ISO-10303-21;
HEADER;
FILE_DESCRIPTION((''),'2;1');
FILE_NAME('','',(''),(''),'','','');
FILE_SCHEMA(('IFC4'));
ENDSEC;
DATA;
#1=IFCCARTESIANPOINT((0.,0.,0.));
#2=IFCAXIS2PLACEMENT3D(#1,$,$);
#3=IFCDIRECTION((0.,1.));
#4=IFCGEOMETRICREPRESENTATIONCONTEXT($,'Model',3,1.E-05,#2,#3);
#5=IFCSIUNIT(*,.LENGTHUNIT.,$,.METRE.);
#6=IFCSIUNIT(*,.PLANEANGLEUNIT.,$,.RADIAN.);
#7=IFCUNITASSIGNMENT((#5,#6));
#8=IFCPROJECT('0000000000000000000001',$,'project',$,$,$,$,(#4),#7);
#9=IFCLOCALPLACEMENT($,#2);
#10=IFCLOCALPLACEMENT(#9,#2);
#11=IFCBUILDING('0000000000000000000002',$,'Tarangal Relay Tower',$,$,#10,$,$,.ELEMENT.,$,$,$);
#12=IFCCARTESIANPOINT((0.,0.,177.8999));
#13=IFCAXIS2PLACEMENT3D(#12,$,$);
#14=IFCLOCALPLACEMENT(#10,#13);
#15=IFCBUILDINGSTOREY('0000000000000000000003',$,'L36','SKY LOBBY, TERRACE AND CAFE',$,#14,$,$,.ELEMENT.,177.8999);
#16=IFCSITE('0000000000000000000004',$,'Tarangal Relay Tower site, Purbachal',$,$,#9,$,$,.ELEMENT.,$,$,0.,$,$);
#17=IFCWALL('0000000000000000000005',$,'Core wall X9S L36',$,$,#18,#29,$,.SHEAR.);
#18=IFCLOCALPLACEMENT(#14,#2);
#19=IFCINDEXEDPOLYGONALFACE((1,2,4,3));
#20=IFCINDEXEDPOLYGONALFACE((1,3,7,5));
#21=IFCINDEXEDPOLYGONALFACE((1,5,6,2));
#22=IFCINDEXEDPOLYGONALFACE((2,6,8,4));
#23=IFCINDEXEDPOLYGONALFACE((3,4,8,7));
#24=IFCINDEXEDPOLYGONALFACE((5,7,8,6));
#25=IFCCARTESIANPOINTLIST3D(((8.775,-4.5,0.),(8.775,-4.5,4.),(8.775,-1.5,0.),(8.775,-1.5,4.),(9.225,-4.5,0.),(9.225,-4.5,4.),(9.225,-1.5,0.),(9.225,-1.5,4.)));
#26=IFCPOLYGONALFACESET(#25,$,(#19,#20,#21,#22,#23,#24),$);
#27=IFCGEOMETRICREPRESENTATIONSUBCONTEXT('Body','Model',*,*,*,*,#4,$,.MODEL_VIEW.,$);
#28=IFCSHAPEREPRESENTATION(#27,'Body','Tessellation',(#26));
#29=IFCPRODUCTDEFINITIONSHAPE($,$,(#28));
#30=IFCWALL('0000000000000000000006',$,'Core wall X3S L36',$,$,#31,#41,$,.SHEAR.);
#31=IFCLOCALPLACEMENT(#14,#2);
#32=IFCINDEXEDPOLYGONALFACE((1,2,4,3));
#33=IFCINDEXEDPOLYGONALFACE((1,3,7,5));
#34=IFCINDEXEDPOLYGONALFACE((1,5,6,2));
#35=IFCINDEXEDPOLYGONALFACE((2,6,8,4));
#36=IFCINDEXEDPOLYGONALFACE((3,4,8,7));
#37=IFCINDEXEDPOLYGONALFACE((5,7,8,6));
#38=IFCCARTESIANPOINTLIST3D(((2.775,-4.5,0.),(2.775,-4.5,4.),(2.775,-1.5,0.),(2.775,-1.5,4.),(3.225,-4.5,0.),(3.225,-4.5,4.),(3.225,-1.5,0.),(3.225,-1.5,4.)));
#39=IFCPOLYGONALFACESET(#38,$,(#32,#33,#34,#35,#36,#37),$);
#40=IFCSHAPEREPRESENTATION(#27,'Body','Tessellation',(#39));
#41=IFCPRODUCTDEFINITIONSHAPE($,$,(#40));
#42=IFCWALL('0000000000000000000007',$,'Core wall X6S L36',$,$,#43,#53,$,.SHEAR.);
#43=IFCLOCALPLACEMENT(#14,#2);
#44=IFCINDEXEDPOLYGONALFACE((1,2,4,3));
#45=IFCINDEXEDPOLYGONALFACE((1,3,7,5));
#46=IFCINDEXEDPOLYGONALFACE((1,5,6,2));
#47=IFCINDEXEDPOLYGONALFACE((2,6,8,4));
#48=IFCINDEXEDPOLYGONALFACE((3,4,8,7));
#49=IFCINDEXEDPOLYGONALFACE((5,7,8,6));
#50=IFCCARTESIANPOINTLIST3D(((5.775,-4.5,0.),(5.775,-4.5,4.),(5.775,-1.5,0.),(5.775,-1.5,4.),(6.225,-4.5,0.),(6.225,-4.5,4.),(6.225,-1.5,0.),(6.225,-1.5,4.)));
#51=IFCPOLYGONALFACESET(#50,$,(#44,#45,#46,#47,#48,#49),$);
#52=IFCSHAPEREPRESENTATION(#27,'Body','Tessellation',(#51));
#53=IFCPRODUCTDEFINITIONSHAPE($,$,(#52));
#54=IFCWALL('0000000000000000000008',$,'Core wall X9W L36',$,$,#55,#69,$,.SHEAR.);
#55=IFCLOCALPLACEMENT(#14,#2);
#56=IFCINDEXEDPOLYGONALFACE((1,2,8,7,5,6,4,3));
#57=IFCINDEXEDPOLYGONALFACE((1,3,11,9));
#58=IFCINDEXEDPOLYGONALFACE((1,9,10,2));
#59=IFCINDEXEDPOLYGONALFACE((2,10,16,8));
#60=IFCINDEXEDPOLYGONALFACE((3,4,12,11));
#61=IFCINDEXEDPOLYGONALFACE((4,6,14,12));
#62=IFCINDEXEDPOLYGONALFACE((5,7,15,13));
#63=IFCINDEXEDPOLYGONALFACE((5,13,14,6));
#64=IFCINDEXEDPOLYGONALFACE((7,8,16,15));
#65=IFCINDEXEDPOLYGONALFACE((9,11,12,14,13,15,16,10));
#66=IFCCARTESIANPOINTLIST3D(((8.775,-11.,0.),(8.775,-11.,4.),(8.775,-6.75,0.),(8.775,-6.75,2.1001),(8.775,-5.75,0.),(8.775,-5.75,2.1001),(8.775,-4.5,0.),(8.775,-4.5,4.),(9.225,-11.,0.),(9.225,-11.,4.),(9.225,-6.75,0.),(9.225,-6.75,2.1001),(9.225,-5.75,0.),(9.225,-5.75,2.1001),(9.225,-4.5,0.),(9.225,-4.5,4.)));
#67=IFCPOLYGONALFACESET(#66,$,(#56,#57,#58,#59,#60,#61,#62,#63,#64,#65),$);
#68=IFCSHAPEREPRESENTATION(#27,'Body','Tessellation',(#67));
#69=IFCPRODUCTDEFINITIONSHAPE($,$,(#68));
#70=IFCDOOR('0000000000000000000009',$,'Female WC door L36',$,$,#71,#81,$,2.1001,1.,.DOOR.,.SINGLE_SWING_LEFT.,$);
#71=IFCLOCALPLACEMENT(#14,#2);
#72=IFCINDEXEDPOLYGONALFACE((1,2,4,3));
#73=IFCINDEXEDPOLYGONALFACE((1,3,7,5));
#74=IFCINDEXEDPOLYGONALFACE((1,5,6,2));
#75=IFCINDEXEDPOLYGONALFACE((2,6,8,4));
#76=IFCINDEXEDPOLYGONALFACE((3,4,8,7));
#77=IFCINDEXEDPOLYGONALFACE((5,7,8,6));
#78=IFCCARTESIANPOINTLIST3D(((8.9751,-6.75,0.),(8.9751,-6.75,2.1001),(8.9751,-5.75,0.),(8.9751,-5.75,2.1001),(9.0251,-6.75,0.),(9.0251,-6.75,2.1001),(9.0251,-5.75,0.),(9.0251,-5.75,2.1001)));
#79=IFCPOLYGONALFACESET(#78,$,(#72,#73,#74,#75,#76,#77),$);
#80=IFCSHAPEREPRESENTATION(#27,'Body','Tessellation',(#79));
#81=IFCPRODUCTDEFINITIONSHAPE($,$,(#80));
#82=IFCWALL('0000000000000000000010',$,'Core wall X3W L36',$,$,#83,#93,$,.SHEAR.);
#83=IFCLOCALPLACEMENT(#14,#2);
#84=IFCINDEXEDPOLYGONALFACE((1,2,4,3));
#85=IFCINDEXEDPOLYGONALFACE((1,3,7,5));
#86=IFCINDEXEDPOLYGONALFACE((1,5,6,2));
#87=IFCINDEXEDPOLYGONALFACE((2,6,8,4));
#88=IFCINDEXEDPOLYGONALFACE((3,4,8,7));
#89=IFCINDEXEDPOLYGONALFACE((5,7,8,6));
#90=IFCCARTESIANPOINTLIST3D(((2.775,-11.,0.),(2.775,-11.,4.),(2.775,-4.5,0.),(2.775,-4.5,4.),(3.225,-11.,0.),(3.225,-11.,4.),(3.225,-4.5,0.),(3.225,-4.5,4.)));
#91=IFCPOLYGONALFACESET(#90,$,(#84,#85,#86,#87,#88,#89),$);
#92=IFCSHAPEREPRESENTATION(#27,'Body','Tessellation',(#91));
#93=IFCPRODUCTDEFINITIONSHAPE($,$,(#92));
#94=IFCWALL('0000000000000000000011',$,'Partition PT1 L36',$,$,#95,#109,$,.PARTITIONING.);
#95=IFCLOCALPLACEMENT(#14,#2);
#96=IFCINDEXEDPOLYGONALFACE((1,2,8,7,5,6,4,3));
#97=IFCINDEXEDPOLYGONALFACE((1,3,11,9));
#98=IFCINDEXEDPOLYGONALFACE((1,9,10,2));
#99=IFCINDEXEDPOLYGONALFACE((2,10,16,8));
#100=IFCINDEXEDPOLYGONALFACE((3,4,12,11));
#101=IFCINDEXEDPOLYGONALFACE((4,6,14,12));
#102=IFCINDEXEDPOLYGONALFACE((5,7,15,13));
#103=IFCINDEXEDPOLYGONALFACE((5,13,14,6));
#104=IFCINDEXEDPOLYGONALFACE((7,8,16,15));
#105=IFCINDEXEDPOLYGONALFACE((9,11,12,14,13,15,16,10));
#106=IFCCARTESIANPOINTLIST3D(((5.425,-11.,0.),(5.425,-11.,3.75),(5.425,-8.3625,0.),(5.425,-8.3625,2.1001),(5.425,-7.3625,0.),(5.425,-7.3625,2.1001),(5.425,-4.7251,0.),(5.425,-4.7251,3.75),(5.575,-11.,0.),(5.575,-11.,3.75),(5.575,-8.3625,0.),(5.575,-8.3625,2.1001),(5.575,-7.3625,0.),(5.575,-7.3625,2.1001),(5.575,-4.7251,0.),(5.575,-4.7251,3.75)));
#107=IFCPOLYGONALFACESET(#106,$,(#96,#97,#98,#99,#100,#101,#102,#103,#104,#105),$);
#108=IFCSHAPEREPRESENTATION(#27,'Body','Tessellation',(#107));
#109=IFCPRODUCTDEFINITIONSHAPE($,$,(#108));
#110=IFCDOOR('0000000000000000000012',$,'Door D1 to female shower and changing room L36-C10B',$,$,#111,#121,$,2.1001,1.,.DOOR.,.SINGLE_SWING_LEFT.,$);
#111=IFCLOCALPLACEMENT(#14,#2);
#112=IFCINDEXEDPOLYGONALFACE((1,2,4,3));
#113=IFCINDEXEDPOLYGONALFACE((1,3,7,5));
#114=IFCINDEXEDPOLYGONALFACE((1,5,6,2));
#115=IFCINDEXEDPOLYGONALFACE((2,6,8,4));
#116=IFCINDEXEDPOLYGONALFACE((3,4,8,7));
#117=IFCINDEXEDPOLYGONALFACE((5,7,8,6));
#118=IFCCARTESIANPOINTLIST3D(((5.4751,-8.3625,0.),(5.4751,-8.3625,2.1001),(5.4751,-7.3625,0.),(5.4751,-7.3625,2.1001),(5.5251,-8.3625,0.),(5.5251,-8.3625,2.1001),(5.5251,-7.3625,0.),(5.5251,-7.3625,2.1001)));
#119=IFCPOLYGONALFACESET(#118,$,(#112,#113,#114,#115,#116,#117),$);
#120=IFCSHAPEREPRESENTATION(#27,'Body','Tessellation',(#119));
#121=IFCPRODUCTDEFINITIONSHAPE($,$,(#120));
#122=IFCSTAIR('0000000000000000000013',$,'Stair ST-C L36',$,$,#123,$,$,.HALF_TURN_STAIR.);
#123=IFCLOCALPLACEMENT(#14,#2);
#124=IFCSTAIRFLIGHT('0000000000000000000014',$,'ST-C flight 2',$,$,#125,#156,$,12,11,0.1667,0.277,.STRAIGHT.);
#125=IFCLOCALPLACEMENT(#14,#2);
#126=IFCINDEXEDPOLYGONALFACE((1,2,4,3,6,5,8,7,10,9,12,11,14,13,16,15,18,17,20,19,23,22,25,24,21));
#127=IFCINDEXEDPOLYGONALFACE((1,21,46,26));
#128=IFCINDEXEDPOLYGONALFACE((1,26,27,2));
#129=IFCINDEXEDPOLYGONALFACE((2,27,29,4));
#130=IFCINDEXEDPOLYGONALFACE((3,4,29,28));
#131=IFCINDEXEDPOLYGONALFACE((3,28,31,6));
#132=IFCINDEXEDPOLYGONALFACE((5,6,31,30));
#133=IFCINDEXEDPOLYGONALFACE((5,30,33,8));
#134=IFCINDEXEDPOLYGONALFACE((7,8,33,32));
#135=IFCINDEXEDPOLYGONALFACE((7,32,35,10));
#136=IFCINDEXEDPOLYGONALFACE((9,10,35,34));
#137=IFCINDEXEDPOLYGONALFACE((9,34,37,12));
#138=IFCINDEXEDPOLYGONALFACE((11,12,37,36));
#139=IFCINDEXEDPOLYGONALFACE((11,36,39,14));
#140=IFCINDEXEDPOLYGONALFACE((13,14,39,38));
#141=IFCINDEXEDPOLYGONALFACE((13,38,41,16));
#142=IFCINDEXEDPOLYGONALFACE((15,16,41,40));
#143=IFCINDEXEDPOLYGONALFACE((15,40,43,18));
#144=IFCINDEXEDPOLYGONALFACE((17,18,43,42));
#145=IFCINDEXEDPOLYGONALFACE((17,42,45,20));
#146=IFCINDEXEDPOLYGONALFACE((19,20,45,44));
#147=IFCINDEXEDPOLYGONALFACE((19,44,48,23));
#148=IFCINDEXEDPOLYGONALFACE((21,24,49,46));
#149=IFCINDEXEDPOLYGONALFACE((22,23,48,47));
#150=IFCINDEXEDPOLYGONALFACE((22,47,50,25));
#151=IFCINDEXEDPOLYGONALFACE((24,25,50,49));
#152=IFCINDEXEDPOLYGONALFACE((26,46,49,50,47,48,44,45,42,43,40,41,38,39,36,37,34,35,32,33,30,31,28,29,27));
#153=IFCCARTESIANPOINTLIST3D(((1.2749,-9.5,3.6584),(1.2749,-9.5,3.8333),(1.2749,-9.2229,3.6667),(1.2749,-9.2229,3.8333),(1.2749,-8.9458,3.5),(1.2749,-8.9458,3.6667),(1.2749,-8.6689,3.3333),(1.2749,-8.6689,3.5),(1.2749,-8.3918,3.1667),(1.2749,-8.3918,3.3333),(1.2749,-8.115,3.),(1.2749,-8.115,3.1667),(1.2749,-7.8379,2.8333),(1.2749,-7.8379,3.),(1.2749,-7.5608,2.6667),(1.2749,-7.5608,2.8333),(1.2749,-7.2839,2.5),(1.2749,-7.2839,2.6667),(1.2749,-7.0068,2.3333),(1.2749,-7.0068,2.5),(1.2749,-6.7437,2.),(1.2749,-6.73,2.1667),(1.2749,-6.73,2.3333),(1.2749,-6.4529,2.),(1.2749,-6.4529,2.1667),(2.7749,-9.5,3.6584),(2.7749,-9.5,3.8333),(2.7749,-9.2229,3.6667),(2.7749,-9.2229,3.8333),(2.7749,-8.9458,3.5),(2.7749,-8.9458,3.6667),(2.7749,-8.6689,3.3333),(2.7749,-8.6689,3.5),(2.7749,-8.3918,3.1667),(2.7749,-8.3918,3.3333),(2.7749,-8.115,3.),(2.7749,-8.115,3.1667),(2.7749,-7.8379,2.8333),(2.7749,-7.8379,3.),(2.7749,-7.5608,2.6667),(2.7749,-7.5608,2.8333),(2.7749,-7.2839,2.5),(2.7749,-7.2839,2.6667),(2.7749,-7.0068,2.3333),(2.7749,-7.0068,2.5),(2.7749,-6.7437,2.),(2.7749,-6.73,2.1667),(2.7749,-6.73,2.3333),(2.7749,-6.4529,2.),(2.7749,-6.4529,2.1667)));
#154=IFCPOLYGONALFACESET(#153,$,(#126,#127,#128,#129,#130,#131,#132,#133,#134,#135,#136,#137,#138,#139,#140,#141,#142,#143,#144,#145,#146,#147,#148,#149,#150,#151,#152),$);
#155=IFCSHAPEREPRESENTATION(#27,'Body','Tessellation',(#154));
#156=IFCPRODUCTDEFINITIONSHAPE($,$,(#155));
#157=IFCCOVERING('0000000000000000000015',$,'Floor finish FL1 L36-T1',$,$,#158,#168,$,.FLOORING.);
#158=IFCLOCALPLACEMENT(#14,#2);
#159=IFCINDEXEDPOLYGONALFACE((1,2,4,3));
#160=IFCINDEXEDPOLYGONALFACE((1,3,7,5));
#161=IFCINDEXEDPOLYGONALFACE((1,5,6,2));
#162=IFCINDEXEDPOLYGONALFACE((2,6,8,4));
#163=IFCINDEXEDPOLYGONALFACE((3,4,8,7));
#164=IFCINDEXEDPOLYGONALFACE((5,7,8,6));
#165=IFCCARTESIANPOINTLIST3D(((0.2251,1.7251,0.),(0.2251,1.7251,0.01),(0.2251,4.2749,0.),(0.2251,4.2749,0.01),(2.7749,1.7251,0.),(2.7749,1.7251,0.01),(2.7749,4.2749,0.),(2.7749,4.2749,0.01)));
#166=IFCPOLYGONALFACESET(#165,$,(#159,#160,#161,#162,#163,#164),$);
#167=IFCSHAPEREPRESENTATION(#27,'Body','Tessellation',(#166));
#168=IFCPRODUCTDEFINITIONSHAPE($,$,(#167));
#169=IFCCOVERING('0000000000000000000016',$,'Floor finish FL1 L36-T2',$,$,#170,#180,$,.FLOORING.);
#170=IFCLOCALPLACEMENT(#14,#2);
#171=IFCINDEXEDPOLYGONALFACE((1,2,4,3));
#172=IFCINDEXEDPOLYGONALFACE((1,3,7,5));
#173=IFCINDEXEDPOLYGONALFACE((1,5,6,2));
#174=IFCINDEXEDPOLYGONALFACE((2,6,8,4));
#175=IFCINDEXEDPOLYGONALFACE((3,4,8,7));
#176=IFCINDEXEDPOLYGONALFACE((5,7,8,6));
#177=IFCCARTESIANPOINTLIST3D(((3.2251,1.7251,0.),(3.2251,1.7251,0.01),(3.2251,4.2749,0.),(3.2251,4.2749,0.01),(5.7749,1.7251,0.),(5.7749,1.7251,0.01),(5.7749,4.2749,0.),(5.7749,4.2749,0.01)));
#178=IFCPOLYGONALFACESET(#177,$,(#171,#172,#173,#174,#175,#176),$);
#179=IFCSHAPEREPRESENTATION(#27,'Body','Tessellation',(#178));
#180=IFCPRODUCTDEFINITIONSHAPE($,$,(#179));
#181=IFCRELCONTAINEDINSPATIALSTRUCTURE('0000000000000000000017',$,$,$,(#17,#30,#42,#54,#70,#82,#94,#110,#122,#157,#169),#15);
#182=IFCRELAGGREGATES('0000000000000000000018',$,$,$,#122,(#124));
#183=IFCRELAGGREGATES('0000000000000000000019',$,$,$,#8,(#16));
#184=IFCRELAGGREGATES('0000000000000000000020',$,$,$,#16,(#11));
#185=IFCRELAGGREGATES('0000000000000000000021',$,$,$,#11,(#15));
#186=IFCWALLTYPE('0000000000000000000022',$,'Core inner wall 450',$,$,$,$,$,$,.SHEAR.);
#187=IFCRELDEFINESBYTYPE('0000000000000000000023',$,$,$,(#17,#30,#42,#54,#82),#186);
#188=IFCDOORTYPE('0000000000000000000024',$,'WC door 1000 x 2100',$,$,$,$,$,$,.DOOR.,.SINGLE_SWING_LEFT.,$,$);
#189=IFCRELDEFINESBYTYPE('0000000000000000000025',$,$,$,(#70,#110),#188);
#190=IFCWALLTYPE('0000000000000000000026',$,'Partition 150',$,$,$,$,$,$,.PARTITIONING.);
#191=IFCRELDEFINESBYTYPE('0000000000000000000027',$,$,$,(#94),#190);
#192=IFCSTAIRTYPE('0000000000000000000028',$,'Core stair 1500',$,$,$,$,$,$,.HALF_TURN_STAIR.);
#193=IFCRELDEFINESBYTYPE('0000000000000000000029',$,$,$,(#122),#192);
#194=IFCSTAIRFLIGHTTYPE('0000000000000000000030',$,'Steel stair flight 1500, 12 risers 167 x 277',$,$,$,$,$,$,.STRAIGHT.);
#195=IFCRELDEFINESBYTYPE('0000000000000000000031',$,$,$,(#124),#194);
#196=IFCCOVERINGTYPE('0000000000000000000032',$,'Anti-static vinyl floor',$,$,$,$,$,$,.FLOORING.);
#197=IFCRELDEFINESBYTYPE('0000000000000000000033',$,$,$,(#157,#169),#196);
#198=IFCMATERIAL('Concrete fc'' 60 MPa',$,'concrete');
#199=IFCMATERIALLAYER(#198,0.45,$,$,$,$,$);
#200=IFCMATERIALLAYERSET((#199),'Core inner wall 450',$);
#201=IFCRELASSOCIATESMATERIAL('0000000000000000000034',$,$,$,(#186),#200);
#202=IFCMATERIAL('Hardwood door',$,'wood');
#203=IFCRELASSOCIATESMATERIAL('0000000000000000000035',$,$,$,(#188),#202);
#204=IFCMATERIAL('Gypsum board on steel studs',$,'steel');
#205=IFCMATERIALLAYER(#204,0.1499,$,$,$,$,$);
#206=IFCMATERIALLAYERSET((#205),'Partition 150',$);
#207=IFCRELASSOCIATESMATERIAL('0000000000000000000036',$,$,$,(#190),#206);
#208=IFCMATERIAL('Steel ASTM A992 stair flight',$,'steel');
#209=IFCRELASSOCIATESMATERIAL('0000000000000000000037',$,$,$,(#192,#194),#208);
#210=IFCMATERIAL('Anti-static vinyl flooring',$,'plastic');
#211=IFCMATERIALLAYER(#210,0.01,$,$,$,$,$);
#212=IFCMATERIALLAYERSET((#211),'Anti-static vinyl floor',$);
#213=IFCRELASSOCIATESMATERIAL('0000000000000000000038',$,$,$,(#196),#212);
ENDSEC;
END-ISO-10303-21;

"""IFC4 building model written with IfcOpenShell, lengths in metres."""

from ifc_helpers import new_model, si_unit, direction, frame, frame_2d, origin, place, context, subcontext, project, spatial, polyline, rectangle, outline, extrude, material, layer, layer_set, type_object, element, fill, aggregate, save


model = new_model("IFC4")

# Units and contexts
model_context = context("Model", 3, precision=1e-05, world=origin(), true_north=direction((0.0, 1.0)))
body_context = subcontext(model_context, "Body", "Model", "MODEL_VIEW")
ifc_project = project(units=[si_unit("LENGTHUNIT", "METRE"), si_unit("PLANEANGLEUNIT", "RADIAN")], contexts=[model_context])

# Site, building, storey
site_placement = place(None, origin())
site = spatial("IfcSite", under=ifc_project, at=site_placement, Name="Tarangal Relay Tower site, Purbachal", CompositionType="ELEMENT", RefElevation=0.0)
building_placement = place(site_placement, origin())
building = spatial("IfcBuilding", under=site, at=building_placement, Name="Tarangal Relay Tower", CompositionType="ELEMENT")
storey_placement = place(building_placement, frame((0.0, 0.0, 177.8999)))
storey = spatial("IfcBuildingStorey", under=building, at=storey_placement, Name="L36", Description="SKY LOBBY, TERRACE AND CAFE", CompositionType="ELEMENT", Elevation=177.8999)

# Walls
ifc_material_1 = material(Name="Concrete fc' 60 MPa", Category="concrete")
ifc_layer_1 = layer(ifc_material_1, 0.45)
ifc_layer_set_1 = layer_set([ifc_layer_1], Name="Core inner wall 450")
wall_type_1 = type_object("IfcWallType", Name="Core inner wall 450", PredefinedType="SHEAR", material=ifc_layer_set_1)
for number, where, z_axis, x_axis, name in (
    (1, (9.0, -4.5, 0.0), (0.0, 0.0, 1.0), (0.0, 1.0, 0.0), "Core wall X9S L36"),
    (2, (3.0, -4.5, 0.0), (0.0, 0.0, 1.0), (0.0, 1.0, 0.0), "Core wall X3S L36"),
    (3, (6.0, -4.5, 0.0), (0.0, 0.0, 1.0), (0.0, 1.0, 0.0), "Core wall X6S L36"),
):
    element("IfcWall", number, at=place(storey_placement, frame(where, z_axis=z_axis, x_axis=x_axis)), inside=storey, type_object=wall_type_1, Name=name, PredefinedType="SHEAR", context=body_context, shape_type="SweptSolid", body=[
        extrude(rectangle(XDim=3.0, YDim=0.45, at=frame_2d((1.5, 0.0))), origin(), (0.0, 0.0, 1.0), 4.0),
    ])

# Wall, opening, door
wall_1_placement = place(storey_placement, frame((9.0, -11.0, 0.0), z_axis=(0.0, 0.0, 1.0), x_axis=(0.0, 1.0, 0.0)))
wall_1 = element("IfcWall", 4, at=wall_1_placement, inside=storey, type_object=wall_type_1, Name="Core wall X9W L36", PredefinedType="SHEAR", context=body_context, shape_type="SweptSolid", body=[
    extrude(rectangle(XDim=6.5, YDim=0.45, at=frame_2d((3.25, 0.0))), origin(), (0.0, 0.0, 1.0), 4.0),
])
opening_1_placement = place(wall_1_placement, frame((4.25, 0.0, 0.0)))
opening_1 = element("IfcOpeningElement", 5, at=opening_1_placement, cuts=wall_1, PredefinedType="OPENING", context=body_context, shape_type="SweptSolid", body=[
    extrude(rectangle(XDim=1.0, YDim=2.1001, at=frame_2d((0.5, 1.05))), frame((0.0, 0.2349, 0.0), z_axis=(0.0, -1.0, 0.0), x_axis=(1.0, 0.0, 0.0)), (0.0, 0.0, 1.0), 0.47),
])
ifc_material_2 = material(Name="Hardwood door", Category="wood")
door_type = type_object("IfcDoorType", Name="WC door 1000 x 2100", OperationType="SINGLE_SWING_LEFT", PredefinedType="DOOR", material=ifc_material_2)
door_1_placement = place(opening_1_placement, origin())
door_1 = element("IfcDoor", 6, at=door_1_placement, inside=storey, type_object=door_type, Name="Female WC door L36", OperationType="SINGLE_SWING_LEFT", OverallHeight=2.1001, OverallWidth=1.0, PredefinedType="DOOR", context=body_context, shape_type="SweptSolid", body=[
    extrude(rectangle(XDim=1.0, YDim=2.1001, at=frame_2d((0.5, 1.05))), frame((0.0, 0.0249, 0.0), z_axis=(0.0, -1.0, 0.0), x_axis=(1.0, 0.0, 0.0)), (0.0, 0.0, 1.0), 0.05),
])
fill(opening_1, door_1)

# Wall
wall_2_placement = place(storey_placement, frame((3.0, -11.0, 0.0), z_axis=(0.0, 0.0, 1.0), x_axis=(0.0, 1.0, 0.0)))
element("IfcWall", 7, at=wall_2_placement, inside=storey, type_object=wall_type_1, Name="Core wall X3W L36", PredefinedType="SHEAR", context=body_context, shape_type="SweptSolid", body=[
    extrude(rectangle(XDim=6.5, YDim=0.45, at=frame_2d((3.25, 0.0))), origin(), (0.0, 0.0, 1.0), 4.0),
])

# Wall, opening, door
ifc_material_3 = material(Name="Gypsum board on steel studs", Category="steel")
ifc_layer_2 = layer(ifc_material_3, 0.1499)
ifc_layer_set_2 = layer_set([ifc_layer_2], Name="Partition 150")
wall_type_2 = type_object("IfcWallType", Name="Partition 150", PredefinedType="PARTITIONING", material=ifc_layer_set_2)
wall_3_placement = place(storey_placement, frame((5.5, -11.0, 0.0), z_axis=(0.0, 0.0, 1.0), x_axis=(0.0, 1.0, 0.0)))
wall_3 = element("IfcWall", 8, at=wall_3_placement, inside=storey, type_object=wall_type_2, Name="Partition PT1 L36", PredefinedType="PARTITIONING", context=body_context, shape_type="SweptSolid", body=[
    extrude(rectangle(XDim=6.2749, YDim=0.1499, at=frame_2d((3.1375, 0.0))), origin(), (0.0, 0.0, 1.0), 3.75),
])
opening_2_placement = place(wall_3_placement, frame((2.6375, 0.0, 0.0)))
opening_2 = element("IfcOpeningElement", 9, at=opening_2_placement, cuts=wall_3, PredefinedType="OPENING", context=body_context, shape_type="SweptSolid", body=[
    extrude(rectangle(XDim=1.0, YDim=2.1001, at=frame_2d((0.5, 1.05))), frame((0.0, 0.085, 0.0), z_axis=(0.0, -1.0, 0.0), x_axis=(1.0, 0.0, 0.0)), (0.0, 0.0, 1.0), 0.1699),
])
door_2_placement = place(opening_2_placement, origin())
door_2 = element("IfcDoor", 10, at=door_2_placement, inside=storey, type_object=door_type, Name="Door D1 to female shower and changing room L36-C10B", OperationType="SINGLE_SWING_LEFT", OverallHeight=2.1001, OverallWidth=1.0, PredefinedType="DOOR", context=body_context, shape_type="SweptSolid", body=[
    extrude(rectangle(XDim=1.0, YDim=2.1001, at=frame_2d((0.5, 1.05))), frame((0.0, 0.0249, 0.0), z_axis=(0.0, -1.0, 0.0), x_axis=(1.0, 0.0, 0.0)), (0.0, 0.0, 1.0), 0.05),
])
fill(opening_2, door_2)

# Stair, stair flight
ifc_material_4 = material(Name="Steel ASTM A992 stair flight", Category="steel")
stair_type = type_object("IfcStairType", Name="Core stair 1500", PredefinedType="HALF_TURN_STAIR", material=ifc_material_4)
stair_placement = place(storey_placement, origin())
stair = element("IfcStair", 11, at=stair_placement, inside=storey, type_object=stair_type, Name="Stair ST-C L36", PredefinedType="HALF_TURN_STAIR")
stair_flight_type = type_object("IfcStairFlightType", Name="Steel stair flight 1500, 12 risers 167 x 277", PredefinedType="STRAIGHT", material=ifc_material_4)
stair_flight_placement = place(storey_placement, frame((2.0249, -6.4529, 2.0), z_axis=(0.0, 0.0, 1.0), x_axis=(0.0, -1.0, 0.0)))
stair_flight = element("IfcStairFlight", 12, at=stair_flight_placement, type_object=stair_flight_type, Name="ST-C flight 2", NumberOfRisers=12, NumberOfTreads=11, PredefinedType="STRAIGHT", RiserHeight=0.1667, TreadLength=0.277, context=body_context, shape_type="SweptSolid", body=[
    extrude(outline(polyline([(0.0, 0.0), (0.0, 0.1667), (0.2771, 0.1667), (0.2771, 0.3333), (0.554, 0.3333), (0.554, 0.5), (0.8311, 0.5), (0.8311, 0.6667), (1.1079, 0.6667), (1.1079, 0.8333), (1.385, 0.8333), (1.385, 1.0), (1.6621, 1.0), (1.6621, 1.1667), (1.939, 1.1667), (1.939, 1.3333), (2.2161, 1.3333), (2.2161, 1.5), (2.4929, 1.5), (2.4929, 1.6667), (2.77, 1.6667), (2.77, 1.8333), (3.0471, 1.8333), (3.0471, 2.0), (3.0471, 1.6584), (0.2908, 0.0), (0.0, 0.0)])), frame((0.0, 0.75, 0.0), z_axis=(0.0, -1.0, 0.0), x_axis=(1.0, 0.0, 0.0)), (0.0, 0.0, 1.0), 1.5),
])
aggregate(stair, [stair_flight])

# Coverings
ifc_material_5 = material(Name="Anti-static vinyl flooring", Category="plastic")
ifc_layer_3 = layer(ifc_material_5, 0.01)
ifc_layer_set_3 = layer_set([ifc_layer_3], Name="Anti-static vinyl floor")
covering_type_1 = type_object("IfcCoveringType", Name="Anti-static vinyl floor", PredefinedType="FLOORING", material=ifc_layer_set_3)
covering_1_placement = place(storey_placement, origin())
element("IfcCovering", 13, at=covering_1_placement, inside=storey, type_object=covering_type_1, Name="Floor finish FL1 L36-T1", PredefinedType="FLOORING", context=body_context, shape_type="SweptSolid", body=[
    extrude(outline(polyline([(0.2251, 1.7251), (2.7749, 1.7251), (2.7749, 4.2749), (0.2251, 4.2749), (0.2251, 1.7251)])), origin(), (0.0, 0.0, 1.0), 0.01),
])
covering_2_placement = place(storey_placement, origin())
element("IfcCovering", 14, at=covering_2_placement, inside=storey, type_object=covering_type_1, Name="Floor finish FL1 L36-T2", PredefinedType="FLOORING", context=body_context, shape_type="SweptSolid", body=[
    extrude(outline(polyline([(3.2251, 1.7251), (5.7749, 1.7251), (5.7749, 4.2749), (3.2251, 4.2749), (3.2251, 1.7251)])), origin(), (0.0, 0.0, 1.0), 0.01),
])

save(model, "model.ifc")
